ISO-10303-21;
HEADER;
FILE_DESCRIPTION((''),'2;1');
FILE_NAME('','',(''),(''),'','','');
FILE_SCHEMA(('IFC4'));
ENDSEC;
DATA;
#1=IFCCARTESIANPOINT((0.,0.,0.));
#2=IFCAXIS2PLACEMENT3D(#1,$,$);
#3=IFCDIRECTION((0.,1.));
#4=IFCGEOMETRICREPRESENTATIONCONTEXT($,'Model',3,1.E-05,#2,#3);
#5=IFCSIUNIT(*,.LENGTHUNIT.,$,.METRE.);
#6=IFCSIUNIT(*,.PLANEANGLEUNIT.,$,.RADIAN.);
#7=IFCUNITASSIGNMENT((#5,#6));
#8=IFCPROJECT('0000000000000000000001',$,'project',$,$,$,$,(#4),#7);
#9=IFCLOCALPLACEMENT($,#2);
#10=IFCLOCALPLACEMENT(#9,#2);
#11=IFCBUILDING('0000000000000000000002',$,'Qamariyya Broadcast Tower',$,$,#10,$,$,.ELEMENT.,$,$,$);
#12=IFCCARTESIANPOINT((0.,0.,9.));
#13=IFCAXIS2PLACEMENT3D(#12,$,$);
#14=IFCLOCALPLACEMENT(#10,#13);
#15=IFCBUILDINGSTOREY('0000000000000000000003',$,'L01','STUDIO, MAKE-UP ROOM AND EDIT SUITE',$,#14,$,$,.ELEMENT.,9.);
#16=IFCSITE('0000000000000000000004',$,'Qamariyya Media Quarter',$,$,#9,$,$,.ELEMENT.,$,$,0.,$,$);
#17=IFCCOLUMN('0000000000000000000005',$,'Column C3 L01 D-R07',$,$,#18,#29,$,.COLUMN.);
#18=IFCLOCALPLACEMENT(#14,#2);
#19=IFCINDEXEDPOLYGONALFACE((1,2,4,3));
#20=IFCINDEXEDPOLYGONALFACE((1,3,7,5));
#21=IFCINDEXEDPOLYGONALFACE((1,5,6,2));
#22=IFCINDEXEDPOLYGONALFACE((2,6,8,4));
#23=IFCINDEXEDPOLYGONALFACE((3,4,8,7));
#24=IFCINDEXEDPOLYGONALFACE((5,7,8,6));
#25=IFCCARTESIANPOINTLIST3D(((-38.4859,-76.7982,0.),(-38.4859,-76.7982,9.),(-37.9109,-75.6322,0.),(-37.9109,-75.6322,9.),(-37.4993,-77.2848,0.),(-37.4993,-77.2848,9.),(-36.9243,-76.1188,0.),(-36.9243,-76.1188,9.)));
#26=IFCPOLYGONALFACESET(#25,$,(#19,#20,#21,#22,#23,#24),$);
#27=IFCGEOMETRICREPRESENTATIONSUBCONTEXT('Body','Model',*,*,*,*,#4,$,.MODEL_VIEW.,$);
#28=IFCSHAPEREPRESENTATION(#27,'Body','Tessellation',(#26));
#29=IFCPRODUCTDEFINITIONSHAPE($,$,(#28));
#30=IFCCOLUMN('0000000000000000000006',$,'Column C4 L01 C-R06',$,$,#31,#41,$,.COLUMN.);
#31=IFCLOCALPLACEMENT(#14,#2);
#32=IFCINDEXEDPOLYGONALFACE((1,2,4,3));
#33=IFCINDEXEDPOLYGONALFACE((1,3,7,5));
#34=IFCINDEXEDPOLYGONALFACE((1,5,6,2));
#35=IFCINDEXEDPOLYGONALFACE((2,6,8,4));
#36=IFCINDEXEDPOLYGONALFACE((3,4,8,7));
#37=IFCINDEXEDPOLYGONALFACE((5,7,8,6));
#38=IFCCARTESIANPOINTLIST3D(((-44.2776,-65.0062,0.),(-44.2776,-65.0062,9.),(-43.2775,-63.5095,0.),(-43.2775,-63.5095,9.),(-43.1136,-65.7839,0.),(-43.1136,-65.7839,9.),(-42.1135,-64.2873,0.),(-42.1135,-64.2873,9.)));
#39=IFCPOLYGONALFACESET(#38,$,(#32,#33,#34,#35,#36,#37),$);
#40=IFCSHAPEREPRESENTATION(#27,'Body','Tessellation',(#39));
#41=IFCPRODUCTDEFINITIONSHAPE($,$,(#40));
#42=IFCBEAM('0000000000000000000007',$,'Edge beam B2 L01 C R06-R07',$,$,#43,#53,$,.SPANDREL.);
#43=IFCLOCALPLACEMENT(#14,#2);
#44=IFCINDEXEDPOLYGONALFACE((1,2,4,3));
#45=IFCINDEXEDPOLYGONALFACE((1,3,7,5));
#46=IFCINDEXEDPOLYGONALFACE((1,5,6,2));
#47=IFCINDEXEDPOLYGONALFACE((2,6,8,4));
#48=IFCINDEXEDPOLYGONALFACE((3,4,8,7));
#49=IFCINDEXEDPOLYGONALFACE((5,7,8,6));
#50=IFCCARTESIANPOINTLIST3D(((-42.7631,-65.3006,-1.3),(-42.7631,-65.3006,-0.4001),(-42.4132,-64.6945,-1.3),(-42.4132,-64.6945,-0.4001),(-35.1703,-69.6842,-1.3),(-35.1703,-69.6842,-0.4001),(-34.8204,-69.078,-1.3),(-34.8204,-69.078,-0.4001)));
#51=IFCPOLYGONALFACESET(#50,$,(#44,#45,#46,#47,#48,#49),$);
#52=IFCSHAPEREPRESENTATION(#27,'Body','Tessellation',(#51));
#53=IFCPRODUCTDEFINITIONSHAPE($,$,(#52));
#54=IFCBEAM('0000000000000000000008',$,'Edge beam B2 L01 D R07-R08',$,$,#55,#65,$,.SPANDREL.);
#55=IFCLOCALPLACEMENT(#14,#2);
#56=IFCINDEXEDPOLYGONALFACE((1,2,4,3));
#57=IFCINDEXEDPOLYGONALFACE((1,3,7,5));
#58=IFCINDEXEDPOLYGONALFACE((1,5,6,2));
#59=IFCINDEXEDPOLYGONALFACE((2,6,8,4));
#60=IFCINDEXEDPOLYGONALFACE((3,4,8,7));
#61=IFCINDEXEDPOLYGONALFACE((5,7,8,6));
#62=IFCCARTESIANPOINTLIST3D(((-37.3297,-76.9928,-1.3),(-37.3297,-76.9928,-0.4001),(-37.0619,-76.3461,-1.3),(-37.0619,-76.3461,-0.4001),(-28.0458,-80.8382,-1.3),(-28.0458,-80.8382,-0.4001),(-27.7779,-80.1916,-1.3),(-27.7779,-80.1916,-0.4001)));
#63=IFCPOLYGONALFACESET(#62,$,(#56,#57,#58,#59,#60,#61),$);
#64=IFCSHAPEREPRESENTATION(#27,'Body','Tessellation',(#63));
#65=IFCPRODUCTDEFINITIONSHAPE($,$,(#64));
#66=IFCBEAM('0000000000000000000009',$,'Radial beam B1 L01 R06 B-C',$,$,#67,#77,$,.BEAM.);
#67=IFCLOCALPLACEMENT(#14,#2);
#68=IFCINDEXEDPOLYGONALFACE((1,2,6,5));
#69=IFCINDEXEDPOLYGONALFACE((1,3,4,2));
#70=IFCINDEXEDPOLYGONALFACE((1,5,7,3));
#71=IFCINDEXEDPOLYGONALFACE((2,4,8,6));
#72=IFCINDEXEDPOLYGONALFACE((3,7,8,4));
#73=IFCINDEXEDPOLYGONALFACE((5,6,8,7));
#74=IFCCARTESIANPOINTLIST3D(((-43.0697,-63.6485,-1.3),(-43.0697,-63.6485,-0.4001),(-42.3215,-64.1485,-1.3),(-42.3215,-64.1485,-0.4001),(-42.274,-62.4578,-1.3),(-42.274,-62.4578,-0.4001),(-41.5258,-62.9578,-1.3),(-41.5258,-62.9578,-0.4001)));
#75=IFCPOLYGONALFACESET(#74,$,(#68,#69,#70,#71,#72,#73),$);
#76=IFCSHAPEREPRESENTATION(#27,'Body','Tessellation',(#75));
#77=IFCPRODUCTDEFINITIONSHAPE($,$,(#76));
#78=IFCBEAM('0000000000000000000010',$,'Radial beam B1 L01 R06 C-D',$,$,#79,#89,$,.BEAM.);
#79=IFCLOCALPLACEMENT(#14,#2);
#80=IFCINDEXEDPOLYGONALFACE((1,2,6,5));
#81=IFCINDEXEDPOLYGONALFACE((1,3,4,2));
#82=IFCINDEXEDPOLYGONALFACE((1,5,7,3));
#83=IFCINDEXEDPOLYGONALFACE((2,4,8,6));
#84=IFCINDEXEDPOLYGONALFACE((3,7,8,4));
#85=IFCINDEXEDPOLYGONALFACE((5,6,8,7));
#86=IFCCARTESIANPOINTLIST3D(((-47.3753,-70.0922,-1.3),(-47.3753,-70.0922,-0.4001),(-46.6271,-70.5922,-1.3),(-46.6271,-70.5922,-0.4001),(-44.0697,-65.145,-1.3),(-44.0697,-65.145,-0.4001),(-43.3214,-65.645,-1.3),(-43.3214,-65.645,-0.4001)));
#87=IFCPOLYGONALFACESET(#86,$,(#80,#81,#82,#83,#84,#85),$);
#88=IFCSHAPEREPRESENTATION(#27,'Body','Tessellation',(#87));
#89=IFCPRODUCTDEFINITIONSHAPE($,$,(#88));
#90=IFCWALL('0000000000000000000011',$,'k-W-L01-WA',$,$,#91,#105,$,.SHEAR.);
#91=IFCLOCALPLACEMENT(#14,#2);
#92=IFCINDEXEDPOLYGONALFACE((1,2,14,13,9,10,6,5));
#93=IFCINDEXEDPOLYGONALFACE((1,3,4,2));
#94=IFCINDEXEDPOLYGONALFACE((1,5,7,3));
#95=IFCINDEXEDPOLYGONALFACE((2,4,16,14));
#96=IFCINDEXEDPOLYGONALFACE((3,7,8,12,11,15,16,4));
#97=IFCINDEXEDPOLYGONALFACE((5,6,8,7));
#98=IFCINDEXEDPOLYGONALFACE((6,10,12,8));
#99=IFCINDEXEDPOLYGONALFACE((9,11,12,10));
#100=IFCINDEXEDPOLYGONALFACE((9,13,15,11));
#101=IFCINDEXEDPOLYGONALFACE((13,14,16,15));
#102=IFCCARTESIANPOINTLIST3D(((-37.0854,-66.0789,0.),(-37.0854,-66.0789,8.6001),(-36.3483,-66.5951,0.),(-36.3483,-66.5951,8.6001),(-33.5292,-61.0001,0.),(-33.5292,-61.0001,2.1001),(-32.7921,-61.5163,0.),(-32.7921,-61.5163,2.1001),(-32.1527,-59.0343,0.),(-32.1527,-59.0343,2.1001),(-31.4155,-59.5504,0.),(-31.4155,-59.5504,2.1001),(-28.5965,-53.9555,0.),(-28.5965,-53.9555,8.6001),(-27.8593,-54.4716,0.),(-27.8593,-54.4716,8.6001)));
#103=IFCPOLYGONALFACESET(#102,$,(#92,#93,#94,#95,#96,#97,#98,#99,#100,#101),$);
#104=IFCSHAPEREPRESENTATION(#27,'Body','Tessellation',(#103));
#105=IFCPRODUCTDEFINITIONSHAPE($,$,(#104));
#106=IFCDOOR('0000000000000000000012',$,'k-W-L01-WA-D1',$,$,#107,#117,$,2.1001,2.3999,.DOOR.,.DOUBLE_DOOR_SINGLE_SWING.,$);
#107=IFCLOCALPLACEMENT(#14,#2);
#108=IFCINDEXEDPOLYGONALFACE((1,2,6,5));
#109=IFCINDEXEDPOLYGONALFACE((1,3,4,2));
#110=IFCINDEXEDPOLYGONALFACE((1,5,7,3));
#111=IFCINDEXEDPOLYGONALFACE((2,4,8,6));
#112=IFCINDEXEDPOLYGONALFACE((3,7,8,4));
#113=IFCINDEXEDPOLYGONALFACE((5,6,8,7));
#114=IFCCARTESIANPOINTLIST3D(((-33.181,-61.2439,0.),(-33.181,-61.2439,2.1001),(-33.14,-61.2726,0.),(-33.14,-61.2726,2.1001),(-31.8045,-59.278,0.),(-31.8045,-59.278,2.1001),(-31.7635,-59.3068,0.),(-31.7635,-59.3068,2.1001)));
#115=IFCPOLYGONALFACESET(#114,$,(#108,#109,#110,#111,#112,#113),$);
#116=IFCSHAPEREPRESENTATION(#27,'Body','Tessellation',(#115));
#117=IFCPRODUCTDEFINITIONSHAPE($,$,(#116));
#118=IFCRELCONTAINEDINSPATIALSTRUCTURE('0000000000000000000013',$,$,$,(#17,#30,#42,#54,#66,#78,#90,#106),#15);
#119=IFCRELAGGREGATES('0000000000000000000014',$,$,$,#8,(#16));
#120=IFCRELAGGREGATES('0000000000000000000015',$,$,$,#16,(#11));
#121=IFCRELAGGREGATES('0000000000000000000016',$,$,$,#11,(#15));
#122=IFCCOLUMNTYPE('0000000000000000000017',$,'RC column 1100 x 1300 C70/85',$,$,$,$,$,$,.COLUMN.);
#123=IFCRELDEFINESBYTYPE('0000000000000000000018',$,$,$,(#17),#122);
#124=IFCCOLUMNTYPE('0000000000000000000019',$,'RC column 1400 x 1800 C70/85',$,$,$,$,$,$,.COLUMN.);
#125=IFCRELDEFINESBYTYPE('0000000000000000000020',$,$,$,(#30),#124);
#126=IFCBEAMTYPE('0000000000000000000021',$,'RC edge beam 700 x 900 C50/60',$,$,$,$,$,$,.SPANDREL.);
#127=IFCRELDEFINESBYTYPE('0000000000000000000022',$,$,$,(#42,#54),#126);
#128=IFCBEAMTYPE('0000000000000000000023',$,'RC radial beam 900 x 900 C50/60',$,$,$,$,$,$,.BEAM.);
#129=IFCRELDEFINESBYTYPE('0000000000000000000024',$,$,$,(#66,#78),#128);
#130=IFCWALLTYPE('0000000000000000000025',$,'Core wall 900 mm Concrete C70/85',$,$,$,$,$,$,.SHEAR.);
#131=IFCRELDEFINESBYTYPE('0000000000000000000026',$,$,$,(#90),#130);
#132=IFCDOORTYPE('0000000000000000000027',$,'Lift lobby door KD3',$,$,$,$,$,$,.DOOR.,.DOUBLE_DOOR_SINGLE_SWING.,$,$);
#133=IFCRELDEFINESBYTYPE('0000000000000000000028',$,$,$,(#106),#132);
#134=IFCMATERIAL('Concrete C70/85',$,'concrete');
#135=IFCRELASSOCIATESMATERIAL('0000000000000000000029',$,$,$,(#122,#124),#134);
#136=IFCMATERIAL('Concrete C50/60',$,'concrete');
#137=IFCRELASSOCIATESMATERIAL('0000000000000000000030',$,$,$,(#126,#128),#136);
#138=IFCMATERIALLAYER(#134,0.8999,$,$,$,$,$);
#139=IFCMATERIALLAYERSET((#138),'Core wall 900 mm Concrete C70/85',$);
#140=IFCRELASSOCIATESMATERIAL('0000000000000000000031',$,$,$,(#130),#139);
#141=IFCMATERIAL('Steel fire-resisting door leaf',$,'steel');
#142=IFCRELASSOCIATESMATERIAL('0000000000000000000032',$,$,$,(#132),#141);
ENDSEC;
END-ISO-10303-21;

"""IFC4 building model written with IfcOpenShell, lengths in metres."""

from ifc_helpers import new_model, si_unit, direction, frame, frame_2d, origin, origin_2d, place, context, subcontext, project, spatial, rectangle, extrude, material, layer, layer_set, material_profile, profile_set, type_object, element, fill, save


model = new_model("IFC4")

# Units and contexts
model_context = context("Model", 3, precision=1e-05, world=origin(), true_north=direction((0.0, 1.0)))
body_context = subcontext(model_context, "Body", "Model", "MODEL_VIEW")
ifc_project = project(units=[si_unit("LENGTHUNIT", "METRE"), si_unit("PLANEANGLEUNIT", "RADIAN")], contexts=[model_context])

# Site, building, storey
site_placement = place(None, origin())
site = spatial("IfcSite", under=ifc_project, at=site_placement, Name="Qamariyya Media Quarter", CompositionType="ELEMENT", RefElevation=0.0)
building_placement = place(site_placement, origin())
building = spatial("IfcBuilding", under=site, at=building_placement, Name="Qamariyya Broadcast Tower", CompositionType="ELEMENT")
storey_placement = place(building_placement, frame((0.0, 0.0, 9.0)))
storey = spatial("IfcBuildingStorey", under=building, at=storey_placement, Name="L01", Description="STUDIO, MAKE-UP ROOM AND EDIT SUITE", CompositionType="ELEMENT", Elevation=9.0)

# Columns
ifc_material_1 = material(Name="Concrete C70/85", Category="concrete")
ifc_material_profile_1 = material_profile(ifc_material_1, rectangle(XDim=1.1001, YDim=1.3, at=origin_2d()))
ifc_profile_set_1 = profile_set([ifc_material_profile_1], Name="Concrete C70/85")
column_type_1 = type_object("IfcColumnType", Name="RC column 1100 x 1300 C70/85", PredefinedType="COLUMN", material=ifc_profile_set_1)
column_1_placement = place(storey_placement, frame((-37.7051, -76.4585, 0.0), z_axis=(0.0, 0.0, 1.0), x_axis=(0.896873, -0.442289, 0.0)))
element("IfcColumn", 1, at=column_1_placement, inside=storey, type_object=column_type_1, Name="Column C3 L01 D-R07", PredefinedType="COLUMN", context=body_context, shape_type="SweptSolid", body=[
    extrude(rectangle(XDim=1.1001, YDim=1.3, at=origin_2d()), origin(), (0.0, 0.0, 1.0), 9.0),
])
ifc_material_profile_2 = material_profile(ifc_material_1, rectangle(XDim=1.3999, YDim=1.8, at=origin_2d()))
ifc_profile_set_2 = profile_set([ifc_material_profile_2], Name="Concrete C70/85")
column_type_2 = type_object("IfcColumnType", Name="RC column 1400 x 1800 C70/85", PredefinedType="COLUMN", material=ifc_profile_set_2)
column_2_placement = place(storey_placement, frame((-43.1956, -64.6467, 0.0), z_axis=(0.0, 0.0, 1.0), x_axis=(0.83147, -0.55557, 0.0)))
element("IfcColumn", 2, at=column_2_placement, inside=storey, type_object=column_type_2, Name="Column C4 L01 C-R06", PredefinedType="COLUMN", context=body_context, shape_type="SweptSolid", body=[
    extrude(rectangle(XDim=1.3999, YDim=1.8, at=origin_2d()), origin(), (0.0, 0.0, 1.0), 9.0),
])

# Beams
ifc_material_2 = material(Name="Concrete C50/60", Category="concrete")
ifc_material_profile_3 = material_profile(ifc_material_2, rectangle(XDim=0.7, YDim=0.8999, at=origin_2d()))
ifc_profile_set_3 = profile_set([ifc_material_profile_3], Name="Concrete C50/60")
beam_type_1 = type_object("IfcBeamType", Name="RC edge beam 700 x 900 C50/60", PredefinedType="SPANDREL", material=ifc_profile_set_3)
beam_1_placement = place(storey_placement, frame((-42.5881, -64.9976, -0.8501), z_axis=(0.866033, -0.499988, 0.0), x_axis=(0.499988, 0.866033, 0.0)))
element("IfcBeam", 3, at=beam_1_placement, inside=storey, type_object=beam_type_1, Name="Edge beam B2 L01 C R06-R07", PredefinedType="SPANDREL", context=body_context, shape_type="SweptSolid", body=[
    extrude(rectangle(XDim=0.7, YDim=0.8999, at=origin_2d()), origin(), (0.0, 0.0, 1.0), 8.7673),
])
beam_2_placement = place(storey_placement, frame((-37.1958, -76.6694, -0.8501), z_axis=(0.923882, -0.382677, 0.0), x_axis=(0.382677, 0.923882, 0.0)))
element("IfcBeam", 4, at=beam_2_placement, inside=storey, type_object=beam_type_1, Name="Edge beam B2 L01 D R07-R08", PredefinedType="SPANDREL", context=body_context, shape_type="SweptSolid", body=[
    extrude(rectangle(XDim=0.7, YDim=0.8999, at=origin_2d()), origin(), (0.0, 0.0, 1.0), 10.0488),
])
ifc_material_profile_4 = material_profile(ifc_material_2, rectangle(XDim=0.8999, YDim=0.8999, at=origin_2d()))
ifc_profile_set_4 = profile_set([ifc_material_profile_4], Name="Concrete C50/60")
beam_type_2 = type_object("IfcBeamType", Name="RC radial beam 900 x 900 C50/60", PredefinedType="BEAM", material=ifc_profile_set_4)
beam_3_placement = place(storey_placement, frame((-41.8999, -62.7078, -0.8501), z_axis=(-0.555605, -0.831447, 0.0), x_axis=(0.831447, -0.555605, 0.0)))
element("IfcBeam", 5, at=beam_3_placement, inside=storey, type_object=beam_type_2, Name="Radial beam B1 L01 R06 B-C", PredefinedType="BEAM", context=body_context, shape_type="SweptSolid", body=[
    extrude(rectangle(XDim=0.8999, YDim=0.8999, at=origin_2d()), origin(), (0.0, 0.0, 1.0), 1.4321),
])
beam_4_placement = place(storey_placement, frame((-43.6956, -65.395, -0.8501), z_axis=(-0.555571, -0.831469, 0.0), x_axis=(0.831469, -0.555571, 0.0)))
element("IfcBeam", 6, at=beam_4_placement, inside=storey, type_object=beam_type_2, Name="Radial beam B1 L01 R06 C-D", PredefinedType="BEAM", context=body_context, shape_type="SweptSolid", body=[
    extrude(rectangle(XDim=0.8999, YDim=0.8999, at=origin_2d()), origin(), (0.0, 0.0, 1.0), 5.95),
])

# Wall, opening, door
ifc_layer_1 = layer(ifc_material_1, 0.8999)
ifc_layer_set_1 = layer_set([ifc_layer_1], Name="Core wall 900 mm Concrete C70/85")
wall_type_1 = type_object("IfcWallType", Name="Core wall 900 mm Concrete C70/85", PredefinedType="SHEAR", material=ifc_layer_set_1)
wall_1_placement = place(storey_placement, frame((-36.7168, -66.3369, 0.0), z_axis=(0.0, 0.0, 1.0), x_axis=(0.573577, 0.819151, 0.0)))
wall_1 = element("IfcWall", 7, at=wall_1_placement, inside=storey, type_object=wall_type_1, Name="k-W-L01-WA", PredefinedType="SHEAR", context=body_context, shape_type="SweptSolid", body=[
    extrude(rectangle(XDim=14.8, YDim=0.8999, at=frame_2d((7.3999, 0.0))), origin(), (0.0, 0.0, 1.0), 8.6001),
])
opening_1_placement = place(wall_1_placement, frame((6.2, 0.0, 0.0)))
opening_1 = element("IfcOpeningElement", 8, at=opening_1_placement, cuts=wall_1, PredefinedType="OPENING", context=body_context, shape_type="SweptSolid", body=[
    extrude(rectangle(XDim=2.3999, YDim=2.1001, at=frame_2d((1.2, 1.05))), frame((0.0, 0.46, 0.0), z_axis=(0.0, -1.0, 0.0), x_axis=(1.0, 0.0, 0.0)), (0.0, 0.0, 1.0), 0.9199),
])
ifc_material_3 = material(Name="Steel fire-resisting door leaf", Category="steel")
door_type_1 = type_object("IfcDoorType", Name="Lift lobby door KD3", OperationType="DOUBLE_DOOR_SINGLE_SWING", PredefinedType="DOOR", material=ifc_material_3)
door_1_placement = place(opening_1_placement, origin())
door_1 = element("IfcDoor", 9, at=door_1_placement, inside=storey, type_object=door_type_1, Name="k-W-L01-WA-D1", OperationType="DOUBLE_DOOR_SINGLE_SWING", OverallHeight=2.1001, OverallWidth=2.3999, PredefinedType="DOOR", context=body_context, shape_type="SweptSolid", body=[
    extrude(rectangle(XDim=2.3999, YDim=2.1001, at=frame_2d((1.2, 1.05))), frame((0.0, 0.0249, 0.0), z_axis=(0.0, -1.0, 0.0), x_axis=(1.0, 0.0, 0.0)), (0.0, 0.0, 1.0), 0.05),
])
fill(opening_1, door_1)

save(model, "model.ifc")
